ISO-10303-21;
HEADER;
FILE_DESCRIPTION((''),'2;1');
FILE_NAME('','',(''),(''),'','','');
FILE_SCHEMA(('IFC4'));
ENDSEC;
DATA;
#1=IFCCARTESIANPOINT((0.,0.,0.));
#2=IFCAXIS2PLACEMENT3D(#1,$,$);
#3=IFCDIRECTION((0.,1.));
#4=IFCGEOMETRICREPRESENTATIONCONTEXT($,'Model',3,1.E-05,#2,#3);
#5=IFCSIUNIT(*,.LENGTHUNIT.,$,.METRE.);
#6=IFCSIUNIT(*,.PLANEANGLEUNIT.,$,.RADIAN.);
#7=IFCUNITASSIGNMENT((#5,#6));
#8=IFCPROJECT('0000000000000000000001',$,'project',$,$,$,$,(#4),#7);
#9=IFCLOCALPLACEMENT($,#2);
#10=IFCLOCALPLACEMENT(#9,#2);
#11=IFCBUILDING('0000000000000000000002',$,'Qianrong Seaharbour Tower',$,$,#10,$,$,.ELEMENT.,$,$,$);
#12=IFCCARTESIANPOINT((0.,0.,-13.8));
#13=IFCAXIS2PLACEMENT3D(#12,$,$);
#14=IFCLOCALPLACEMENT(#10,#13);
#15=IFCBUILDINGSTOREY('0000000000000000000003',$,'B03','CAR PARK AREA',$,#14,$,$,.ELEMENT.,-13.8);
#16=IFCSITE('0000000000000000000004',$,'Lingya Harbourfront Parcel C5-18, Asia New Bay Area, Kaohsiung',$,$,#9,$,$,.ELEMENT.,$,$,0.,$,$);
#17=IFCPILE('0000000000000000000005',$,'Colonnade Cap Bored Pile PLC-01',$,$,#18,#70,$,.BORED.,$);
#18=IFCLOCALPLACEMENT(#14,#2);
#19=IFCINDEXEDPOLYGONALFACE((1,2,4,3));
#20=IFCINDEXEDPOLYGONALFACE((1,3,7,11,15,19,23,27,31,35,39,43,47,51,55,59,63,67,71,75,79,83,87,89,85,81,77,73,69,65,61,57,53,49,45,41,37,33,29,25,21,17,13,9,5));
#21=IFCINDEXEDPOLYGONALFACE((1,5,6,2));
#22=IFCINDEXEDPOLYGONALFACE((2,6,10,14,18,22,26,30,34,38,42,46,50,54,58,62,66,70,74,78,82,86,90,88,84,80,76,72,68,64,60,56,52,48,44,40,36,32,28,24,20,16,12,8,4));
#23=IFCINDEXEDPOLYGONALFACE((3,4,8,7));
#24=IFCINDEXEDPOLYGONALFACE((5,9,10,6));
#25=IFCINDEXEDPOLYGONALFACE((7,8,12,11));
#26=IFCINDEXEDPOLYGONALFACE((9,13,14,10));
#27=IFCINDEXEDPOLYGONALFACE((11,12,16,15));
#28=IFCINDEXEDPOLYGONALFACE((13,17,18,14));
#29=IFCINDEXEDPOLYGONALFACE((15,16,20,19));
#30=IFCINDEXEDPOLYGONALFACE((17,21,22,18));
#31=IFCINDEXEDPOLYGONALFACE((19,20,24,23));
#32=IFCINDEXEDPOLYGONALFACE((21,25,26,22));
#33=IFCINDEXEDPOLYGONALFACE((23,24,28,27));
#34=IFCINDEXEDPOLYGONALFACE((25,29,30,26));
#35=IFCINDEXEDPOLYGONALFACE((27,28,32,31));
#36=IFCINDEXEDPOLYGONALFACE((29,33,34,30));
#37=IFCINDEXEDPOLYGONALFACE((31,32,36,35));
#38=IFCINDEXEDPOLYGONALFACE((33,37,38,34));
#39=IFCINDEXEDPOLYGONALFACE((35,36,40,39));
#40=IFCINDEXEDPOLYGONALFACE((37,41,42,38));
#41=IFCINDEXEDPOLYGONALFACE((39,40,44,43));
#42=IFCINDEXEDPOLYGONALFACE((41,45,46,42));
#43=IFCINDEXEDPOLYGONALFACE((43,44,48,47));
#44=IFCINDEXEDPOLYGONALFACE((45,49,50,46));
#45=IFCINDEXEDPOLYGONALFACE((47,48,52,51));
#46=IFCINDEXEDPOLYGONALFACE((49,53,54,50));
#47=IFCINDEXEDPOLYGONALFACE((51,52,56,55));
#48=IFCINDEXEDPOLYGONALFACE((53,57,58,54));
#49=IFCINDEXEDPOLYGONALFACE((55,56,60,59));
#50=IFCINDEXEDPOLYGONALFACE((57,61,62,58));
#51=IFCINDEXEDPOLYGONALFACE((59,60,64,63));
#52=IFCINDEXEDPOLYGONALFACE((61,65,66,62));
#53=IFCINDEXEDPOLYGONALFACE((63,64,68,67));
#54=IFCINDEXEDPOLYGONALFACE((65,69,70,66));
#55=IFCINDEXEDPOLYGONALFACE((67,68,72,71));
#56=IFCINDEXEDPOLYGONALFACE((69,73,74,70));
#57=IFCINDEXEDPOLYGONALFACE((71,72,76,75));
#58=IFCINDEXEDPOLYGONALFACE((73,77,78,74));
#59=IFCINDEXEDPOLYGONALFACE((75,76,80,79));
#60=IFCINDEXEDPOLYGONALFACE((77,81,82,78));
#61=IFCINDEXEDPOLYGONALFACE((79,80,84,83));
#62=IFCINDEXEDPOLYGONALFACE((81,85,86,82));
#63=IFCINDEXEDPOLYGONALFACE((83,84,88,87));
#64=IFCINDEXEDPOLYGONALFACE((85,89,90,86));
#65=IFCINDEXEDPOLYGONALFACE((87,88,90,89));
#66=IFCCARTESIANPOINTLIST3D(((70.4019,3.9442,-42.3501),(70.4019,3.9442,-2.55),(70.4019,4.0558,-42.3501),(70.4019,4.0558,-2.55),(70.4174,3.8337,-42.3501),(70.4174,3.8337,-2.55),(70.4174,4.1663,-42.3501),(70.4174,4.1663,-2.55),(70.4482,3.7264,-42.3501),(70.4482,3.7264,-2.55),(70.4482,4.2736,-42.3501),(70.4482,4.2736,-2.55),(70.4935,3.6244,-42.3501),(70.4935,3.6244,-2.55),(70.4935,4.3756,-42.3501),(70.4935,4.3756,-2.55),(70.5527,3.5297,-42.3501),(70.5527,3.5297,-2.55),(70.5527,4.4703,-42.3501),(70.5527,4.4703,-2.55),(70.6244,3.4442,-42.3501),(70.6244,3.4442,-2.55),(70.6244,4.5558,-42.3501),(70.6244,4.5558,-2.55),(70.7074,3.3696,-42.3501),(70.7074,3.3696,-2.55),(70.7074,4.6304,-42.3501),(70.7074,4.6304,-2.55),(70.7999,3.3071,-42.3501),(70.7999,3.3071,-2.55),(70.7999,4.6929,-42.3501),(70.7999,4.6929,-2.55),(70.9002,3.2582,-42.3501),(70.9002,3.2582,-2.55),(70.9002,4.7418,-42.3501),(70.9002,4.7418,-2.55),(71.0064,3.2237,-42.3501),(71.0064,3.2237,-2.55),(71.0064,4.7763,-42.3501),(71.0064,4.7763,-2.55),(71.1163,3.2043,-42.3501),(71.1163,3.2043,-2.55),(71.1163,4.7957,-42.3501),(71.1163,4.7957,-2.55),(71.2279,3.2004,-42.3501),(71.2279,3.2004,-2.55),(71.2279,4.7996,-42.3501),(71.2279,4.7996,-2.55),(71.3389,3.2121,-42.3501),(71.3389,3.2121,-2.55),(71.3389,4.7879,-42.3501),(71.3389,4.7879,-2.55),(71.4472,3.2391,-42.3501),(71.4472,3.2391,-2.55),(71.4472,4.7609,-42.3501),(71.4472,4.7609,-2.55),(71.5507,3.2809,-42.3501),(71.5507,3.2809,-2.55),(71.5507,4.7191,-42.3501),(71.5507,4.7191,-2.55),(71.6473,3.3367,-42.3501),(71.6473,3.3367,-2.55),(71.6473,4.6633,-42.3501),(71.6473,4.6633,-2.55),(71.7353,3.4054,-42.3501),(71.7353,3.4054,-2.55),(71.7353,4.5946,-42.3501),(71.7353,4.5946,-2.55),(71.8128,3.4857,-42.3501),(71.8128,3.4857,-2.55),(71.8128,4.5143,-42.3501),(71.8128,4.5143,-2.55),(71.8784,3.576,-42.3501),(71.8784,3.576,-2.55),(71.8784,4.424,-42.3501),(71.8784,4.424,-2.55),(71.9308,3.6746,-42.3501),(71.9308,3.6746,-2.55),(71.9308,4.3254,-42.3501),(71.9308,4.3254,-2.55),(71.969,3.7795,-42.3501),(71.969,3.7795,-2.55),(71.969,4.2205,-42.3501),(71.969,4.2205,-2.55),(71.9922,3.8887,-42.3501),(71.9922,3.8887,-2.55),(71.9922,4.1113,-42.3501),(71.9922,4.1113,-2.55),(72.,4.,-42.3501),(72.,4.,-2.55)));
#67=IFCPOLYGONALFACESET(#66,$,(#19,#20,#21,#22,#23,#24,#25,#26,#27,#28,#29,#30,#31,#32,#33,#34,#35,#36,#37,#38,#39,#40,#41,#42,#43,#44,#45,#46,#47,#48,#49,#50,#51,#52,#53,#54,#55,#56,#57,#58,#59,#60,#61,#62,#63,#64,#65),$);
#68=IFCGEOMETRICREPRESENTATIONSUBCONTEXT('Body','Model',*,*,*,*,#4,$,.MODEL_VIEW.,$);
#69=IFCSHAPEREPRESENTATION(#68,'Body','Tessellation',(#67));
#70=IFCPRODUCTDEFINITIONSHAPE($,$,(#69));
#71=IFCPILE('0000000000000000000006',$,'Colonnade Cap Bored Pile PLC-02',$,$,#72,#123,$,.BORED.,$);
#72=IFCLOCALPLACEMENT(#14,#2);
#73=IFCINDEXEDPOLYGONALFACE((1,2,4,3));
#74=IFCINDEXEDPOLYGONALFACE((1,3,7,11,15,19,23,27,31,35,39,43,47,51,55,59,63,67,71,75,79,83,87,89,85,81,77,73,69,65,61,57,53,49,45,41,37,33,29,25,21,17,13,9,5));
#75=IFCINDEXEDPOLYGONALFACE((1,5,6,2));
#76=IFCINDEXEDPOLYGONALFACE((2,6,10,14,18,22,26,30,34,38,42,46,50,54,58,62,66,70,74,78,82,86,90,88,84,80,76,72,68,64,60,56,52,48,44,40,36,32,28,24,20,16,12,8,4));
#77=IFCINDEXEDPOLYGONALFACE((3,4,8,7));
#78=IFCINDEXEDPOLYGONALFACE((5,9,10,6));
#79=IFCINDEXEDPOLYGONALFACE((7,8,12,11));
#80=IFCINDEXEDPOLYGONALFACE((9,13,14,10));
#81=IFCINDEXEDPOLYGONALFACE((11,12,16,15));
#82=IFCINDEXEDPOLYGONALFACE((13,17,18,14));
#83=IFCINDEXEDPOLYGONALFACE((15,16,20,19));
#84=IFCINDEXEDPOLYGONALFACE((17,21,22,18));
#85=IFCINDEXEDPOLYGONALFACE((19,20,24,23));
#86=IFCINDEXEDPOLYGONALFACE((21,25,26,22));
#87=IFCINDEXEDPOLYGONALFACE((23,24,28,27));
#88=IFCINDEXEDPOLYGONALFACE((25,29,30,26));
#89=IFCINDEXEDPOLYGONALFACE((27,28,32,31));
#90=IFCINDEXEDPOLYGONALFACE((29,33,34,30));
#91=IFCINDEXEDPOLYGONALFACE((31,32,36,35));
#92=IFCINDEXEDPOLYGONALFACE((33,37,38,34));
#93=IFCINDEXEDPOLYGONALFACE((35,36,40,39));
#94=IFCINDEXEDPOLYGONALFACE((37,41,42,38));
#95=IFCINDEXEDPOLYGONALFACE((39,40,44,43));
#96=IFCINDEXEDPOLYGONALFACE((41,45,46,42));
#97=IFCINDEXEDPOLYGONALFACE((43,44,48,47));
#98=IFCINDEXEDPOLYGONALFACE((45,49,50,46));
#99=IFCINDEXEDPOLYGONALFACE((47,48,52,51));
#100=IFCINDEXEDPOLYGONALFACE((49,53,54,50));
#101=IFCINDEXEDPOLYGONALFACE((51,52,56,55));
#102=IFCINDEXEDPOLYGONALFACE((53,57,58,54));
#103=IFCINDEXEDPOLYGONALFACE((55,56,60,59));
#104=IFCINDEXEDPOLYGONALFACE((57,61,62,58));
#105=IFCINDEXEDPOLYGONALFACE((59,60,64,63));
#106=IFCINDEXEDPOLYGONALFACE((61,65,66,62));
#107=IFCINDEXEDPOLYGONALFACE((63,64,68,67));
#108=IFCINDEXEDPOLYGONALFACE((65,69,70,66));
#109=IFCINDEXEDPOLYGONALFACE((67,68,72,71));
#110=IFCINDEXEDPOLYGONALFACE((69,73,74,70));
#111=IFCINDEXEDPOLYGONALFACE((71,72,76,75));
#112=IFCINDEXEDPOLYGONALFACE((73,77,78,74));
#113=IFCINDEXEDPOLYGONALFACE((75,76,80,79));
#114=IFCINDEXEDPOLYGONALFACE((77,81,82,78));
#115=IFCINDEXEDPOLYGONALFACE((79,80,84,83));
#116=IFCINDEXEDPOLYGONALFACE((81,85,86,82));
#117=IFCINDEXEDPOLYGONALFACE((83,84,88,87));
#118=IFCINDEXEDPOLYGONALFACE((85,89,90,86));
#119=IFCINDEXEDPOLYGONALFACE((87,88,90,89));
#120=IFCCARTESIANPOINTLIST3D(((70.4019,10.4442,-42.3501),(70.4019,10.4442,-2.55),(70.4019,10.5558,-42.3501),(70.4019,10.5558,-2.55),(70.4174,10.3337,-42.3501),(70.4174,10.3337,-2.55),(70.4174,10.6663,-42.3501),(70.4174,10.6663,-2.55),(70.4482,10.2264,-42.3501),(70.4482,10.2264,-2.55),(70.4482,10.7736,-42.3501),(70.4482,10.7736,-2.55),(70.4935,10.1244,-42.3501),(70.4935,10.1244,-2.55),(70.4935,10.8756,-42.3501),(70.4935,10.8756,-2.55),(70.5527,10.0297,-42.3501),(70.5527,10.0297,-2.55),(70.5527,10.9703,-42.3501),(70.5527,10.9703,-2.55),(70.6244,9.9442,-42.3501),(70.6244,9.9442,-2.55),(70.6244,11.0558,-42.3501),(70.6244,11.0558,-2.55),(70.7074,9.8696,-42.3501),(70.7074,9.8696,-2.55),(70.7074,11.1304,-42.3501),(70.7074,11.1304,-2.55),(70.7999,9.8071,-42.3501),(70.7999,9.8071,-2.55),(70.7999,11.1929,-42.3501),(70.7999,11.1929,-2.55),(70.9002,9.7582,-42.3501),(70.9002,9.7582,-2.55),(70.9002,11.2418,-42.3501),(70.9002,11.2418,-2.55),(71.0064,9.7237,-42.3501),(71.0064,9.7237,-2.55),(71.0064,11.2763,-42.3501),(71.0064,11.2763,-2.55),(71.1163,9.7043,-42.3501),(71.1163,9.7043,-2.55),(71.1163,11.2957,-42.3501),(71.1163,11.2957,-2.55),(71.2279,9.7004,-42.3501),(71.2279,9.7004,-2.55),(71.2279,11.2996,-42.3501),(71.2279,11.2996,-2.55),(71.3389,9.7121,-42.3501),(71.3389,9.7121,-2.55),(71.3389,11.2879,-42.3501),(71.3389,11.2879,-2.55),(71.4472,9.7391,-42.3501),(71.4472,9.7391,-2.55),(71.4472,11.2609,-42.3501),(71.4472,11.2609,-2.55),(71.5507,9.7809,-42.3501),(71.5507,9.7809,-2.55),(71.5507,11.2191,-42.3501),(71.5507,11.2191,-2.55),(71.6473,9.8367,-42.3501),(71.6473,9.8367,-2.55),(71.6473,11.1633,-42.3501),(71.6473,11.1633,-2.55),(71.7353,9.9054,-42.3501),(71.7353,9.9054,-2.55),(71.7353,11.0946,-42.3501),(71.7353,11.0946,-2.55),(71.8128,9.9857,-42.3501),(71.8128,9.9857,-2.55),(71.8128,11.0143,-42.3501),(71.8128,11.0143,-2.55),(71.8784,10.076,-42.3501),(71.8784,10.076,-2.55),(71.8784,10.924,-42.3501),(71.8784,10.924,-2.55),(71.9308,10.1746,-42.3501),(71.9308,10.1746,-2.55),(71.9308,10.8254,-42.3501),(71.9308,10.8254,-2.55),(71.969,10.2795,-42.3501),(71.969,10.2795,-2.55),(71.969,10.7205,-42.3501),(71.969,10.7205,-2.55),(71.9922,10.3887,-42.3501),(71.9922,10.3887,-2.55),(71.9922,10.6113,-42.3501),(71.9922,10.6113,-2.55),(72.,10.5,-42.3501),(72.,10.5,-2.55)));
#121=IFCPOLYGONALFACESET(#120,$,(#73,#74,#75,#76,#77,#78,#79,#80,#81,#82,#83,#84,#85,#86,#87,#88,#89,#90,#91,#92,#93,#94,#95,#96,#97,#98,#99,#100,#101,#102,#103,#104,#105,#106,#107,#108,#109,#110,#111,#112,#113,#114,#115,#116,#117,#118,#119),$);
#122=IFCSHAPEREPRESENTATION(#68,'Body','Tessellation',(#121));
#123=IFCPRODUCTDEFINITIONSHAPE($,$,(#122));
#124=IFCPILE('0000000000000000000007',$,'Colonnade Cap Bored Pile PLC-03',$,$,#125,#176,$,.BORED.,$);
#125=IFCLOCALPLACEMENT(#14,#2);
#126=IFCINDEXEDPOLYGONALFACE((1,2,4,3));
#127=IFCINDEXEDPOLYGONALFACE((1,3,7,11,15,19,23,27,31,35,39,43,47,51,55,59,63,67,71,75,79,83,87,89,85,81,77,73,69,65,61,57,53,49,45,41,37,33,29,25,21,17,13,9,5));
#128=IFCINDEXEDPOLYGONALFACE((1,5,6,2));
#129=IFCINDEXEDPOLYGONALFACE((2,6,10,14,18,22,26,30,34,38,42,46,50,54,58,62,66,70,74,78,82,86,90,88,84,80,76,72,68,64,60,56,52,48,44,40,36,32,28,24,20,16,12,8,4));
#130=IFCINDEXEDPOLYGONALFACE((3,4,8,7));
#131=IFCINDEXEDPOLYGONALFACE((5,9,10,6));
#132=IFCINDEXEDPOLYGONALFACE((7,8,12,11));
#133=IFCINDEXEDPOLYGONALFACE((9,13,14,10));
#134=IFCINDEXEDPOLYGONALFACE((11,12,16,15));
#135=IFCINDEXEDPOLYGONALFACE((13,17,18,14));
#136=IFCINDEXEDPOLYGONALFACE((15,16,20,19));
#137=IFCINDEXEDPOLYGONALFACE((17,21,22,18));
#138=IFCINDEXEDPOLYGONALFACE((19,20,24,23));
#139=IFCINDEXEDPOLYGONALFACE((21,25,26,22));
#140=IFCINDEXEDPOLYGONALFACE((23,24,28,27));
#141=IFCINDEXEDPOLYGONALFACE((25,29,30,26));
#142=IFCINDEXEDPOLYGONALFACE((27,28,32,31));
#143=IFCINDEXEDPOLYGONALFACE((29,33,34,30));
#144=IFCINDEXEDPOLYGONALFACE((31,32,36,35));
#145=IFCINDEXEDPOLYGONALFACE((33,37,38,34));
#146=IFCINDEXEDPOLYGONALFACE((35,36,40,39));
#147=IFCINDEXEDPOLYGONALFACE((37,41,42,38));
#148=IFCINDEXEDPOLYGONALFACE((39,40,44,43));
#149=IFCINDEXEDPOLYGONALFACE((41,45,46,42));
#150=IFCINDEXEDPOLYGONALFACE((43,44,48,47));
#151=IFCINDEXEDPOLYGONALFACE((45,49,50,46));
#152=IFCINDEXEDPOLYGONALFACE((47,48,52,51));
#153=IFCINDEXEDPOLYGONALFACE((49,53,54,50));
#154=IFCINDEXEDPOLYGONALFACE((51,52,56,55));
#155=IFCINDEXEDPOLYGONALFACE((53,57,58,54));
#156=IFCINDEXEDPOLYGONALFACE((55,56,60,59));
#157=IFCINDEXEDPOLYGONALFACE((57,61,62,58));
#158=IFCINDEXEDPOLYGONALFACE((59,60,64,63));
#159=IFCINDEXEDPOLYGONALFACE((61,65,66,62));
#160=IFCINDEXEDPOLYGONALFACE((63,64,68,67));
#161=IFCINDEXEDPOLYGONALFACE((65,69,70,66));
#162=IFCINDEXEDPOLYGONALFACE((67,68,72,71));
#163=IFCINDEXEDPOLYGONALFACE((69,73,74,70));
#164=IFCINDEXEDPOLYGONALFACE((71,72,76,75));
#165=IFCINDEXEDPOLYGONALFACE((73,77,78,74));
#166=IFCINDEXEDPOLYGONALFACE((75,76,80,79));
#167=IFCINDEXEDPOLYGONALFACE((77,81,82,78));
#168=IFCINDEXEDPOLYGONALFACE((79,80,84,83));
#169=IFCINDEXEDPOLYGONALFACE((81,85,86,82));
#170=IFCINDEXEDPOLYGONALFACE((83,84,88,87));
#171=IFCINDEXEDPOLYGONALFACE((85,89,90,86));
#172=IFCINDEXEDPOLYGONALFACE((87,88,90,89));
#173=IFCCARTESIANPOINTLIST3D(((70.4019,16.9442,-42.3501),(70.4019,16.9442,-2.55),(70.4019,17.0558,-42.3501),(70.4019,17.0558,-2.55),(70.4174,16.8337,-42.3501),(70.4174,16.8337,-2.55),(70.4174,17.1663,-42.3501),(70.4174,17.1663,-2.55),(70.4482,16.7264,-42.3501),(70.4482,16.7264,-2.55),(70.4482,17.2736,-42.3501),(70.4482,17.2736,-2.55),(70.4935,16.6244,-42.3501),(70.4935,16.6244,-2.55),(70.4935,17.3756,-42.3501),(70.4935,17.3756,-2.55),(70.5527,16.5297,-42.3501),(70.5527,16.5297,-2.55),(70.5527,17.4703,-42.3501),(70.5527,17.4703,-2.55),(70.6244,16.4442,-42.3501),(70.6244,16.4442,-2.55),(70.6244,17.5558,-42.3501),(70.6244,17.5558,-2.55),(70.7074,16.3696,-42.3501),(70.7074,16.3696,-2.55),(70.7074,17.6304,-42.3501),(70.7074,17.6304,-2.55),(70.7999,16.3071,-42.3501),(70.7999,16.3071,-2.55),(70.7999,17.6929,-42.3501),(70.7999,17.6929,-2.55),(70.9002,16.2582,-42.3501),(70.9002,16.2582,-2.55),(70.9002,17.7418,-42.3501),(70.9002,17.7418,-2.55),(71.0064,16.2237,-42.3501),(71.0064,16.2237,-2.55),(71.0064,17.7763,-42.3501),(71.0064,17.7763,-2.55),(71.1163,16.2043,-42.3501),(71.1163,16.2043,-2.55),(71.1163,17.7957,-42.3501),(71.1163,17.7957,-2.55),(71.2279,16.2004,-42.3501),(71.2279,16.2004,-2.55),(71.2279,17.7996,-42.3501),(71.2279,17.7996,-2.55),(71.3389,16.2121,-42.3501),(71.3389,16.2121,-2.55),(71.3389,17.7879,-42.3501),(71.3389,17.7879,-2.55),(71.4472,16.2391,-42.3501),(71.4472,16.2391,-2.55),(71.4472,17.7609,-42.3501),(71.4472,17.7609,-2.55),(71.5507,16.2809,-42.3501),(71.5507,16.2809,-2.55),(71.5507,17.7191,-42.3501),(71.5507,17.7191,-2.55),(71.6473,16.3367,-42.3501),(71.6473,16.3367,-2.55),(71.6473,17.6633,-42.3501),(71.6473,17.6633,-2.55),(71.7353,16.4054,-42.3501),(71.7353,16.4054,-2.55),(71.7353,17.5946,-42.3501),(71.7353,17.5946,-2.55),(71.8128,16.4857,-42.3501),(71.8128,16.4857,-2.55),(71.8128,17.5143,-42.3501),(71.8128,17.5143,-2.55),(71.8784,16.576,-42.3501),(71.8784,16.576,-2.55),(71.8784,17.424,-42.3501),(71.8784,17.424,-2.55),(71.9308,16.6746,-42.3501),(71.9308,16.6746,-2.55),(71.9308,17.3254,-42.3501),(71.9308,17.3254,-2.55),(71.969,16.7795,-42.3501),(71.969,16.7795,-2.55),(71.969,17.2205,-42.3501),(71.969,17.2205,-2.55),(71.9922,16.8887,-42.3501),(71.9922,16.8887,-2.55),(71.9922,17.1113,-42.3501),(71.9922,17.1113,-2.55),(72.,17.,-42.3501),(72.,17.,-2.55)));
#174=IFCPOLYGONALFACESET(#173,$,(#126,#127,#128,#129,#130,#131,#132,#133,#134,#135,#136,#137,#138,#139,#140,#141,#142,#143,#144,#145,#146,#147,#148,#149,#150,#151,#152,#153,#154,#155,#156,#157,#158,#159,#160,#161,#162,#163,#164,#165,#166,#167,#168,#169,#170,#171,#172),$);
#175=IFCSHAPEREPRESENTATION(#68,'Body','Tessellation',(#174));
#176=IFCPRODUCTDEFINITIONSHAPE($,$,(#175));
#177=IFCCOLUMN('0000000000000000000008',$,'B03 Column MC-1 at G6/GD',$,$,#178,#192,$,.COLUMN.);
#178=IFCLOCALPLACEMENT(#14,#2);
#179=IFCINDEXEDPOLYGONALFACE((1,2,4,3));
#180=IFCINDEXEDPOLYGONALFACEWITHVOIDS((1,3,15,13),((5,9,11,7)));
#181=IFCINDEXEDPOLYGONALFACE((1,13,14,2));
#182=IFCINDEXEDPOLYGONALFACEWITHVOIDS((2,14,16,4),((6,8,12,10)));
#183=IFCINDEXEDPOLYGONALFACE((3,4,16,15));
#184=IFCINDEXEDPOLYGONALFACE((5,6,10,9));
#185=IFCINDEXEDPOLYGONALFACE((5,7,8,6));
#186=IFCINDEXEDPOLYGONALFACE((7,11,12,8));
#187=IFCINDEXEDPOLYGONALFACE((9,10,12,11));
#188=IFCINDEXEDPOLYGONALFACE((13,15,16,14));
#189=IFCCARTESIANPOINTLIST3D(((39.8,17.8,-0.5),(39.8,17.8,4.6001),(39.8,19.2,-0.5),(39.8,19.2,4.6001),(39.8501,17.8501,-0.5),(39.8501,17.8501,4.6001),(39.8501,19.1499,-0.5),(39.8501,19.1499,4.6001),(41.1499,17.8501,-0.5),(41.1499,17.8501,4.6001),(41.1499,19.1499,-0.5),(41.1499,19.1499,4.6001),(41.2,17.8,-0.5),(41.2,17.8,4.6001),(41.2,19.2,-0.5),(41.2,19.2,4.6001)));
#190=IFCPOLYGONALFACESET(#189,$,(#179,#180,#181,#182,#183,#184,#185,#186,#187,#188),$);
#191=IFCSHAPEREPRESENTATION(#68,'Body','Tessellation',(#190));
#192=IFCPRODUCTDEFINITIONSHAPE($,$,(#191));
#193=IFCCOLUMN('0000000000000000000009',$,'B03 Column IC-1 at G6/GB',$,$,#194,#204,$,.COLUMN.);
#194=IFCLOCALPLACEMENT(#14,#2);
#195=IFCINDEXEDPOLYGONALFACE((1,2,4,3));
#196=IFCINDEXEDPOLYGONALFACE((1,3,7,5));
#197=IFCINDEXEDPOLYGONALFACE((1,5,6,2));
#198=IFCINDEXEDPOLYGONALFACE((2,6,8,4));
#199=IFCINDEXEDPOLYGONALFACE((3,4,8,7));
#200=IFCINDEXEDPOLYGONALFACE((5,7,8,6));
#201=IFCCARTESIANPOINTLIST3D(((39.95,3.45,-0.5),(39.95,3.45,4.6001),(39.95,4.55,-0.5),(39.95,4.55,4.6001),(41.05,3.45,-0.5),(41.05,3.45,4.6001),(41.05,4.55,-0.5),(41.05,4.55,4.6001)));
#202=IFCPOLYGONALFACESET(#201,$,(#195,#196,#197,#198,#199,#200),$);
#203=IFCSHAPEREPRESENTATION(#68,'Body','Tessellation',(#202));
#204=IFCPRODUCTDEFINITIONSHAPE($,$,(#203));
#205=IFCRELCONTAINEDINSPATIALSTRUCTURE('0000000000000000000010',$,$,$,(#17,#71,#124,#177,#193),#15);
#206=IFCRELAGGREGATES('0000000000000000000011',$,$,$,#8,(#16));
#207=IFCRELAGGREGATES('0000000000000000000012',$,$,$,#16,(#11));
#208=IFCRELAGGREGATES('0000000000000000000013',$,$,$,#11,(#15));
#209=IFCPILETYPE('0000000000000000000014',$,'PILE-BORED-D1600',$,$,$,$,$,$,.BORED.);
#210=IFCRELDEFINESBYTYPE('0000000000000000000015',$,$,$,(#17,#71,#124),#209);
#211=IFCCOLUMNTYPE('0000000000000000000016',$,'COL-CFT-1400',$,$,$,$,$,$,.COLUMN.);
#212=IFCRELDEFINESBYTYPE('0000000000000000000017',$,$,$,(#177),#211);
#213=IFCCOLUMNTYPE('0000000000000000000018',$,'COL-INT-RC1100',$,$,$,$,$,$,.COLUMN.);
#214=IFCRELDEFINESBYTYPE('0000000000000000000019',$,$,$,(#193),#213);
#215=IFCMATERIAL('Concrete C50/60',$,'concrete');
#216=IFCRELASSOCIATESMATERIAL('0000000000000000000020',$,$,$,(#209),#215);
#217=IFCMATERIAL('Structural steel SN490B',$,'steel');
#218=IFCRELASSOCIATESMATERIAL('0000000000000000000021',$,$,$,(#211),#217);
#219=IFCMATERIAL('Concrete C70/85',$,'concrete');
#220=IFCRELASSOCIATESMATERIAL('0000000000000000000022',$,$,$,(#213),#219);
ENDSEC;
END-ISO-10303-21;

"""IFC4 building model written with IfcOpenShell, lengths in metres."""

from ifc_helpers import new_model, si_unit, direction, frame, origin, origin_2d, place, context, subcontext, project, spatial, rectangle, hollow_rectangle, circle, extrude, material, material_profile, profile_set, type_object, element, save


model = new_model("IFC4")

# Units and contexts
model_context = context("Model", 3, precision=1e-05, world=origin(), true_north=direction((0.0, 1.0)))
body_context = subcontext(model_context, "Body", "Model", "MODEL_VIEW")
ifc_project = project(units=[si_unit("LENGTHUNIT", "METRE"), si_unit("PLANEANGLEUNIT", "RADIAN")], contexts=[model_context])

# Site, building, storey
site_placement = place(None, origin())
site = spatial("IfcSite", under=ifc_project, at=site_placement, Name="Lingya Harbourfront Parcel C5-18, Asia New Bay Area, Kaohsiung", CompositionType="ELEMENT", RefElevation=0.0)
building_placement = place(site_placement, origin())
building = spatial("IfcBuilding", under=site, at=building_placement, Name="Qianrong Seaharbour Tower", CompositionType="ELEMENT")
storey_placement = place(building_placement, frame((0.0, 0.0, -13.8)))
storey = spatial("IfcBuildingStorey", under=building, at=storey_placement, Name="B03", Description="CAR PARK AREA", CompositionType="ELEMENT", Elevation=-13.8)

# Piles
ifc_material_1 = material(Name="Concrete C50/60", Category="concrete")
ifc_material_profile_1 = material_profile(ifc_material_1, circle(Radius=0.8, at=origin_2d()), Name="PILE-D1600")
ifc_profile_set_1 = profile_set([ifc_material_profile_1], Name="Concrete C50/60")
pile_type = type_object("IfcPileType", Name="PILE-BORED-D1600", PredefinedType="BORED", material=ifc_profile_set_1)
for number, where, z_axis, x_axis, name in (
    (1, (71.2, 4.0, -2.55), (0.0, 0.0, -1.0), (1.0, 0.0, 0.0), "Colonnade Cap Bored Pile PLC-01"),
    (2, (71.2, 10.5, -2.55), (0.0, 0.0, -1.0), (1.0, 0.0, 0.0), "Colonnade Cap Bored Pile PLC-02"),
    (3, (71.2, 17.0, -2.55), (0.0, 0.0, -1.0), (1.0, 0.0, 0.0), "Colonnade Cap Bored Pile PLC-03"),
):
    element("IfcPile", number, at=place(storey_placement, frame(where, z_axis=z_axis, x_axis=x_axis)), inside=storey, type_object=pile_type, Name=name, PredefinedType="BORED", context=body_context, shape_type="SweptSolid", body=[
        extrude(circle(Radius=0.8, at=origin_2d()), origin(), (0.0, 0.0, 1.0), 39.8),
    ])

# Columns
ifc_material_2 = material(Name="Structural steel SN490B", Category="steel")
ifc_material_profile_2 = material_profile(ifc_material_2, hollow_rectangle(XDim=1.3999, YDim=1.3999, WallThickness=0.05, at=origin_2d()), Name="BOX1400x1400x50")
ifc_profile_set_2 = profile_set([ifc_material_profile_2], Name="Structural steel SN490B")
column_type_1 = type_object("IfcColumnType", Name="COL-CFT-1400", PredefinedType="COLUMN", material=ifc_profile_set_2)
column_placement = place(storey_placement, frame((40.5, 18.5, -0.5), z_axis=(0.0, 0.0, 1.0), x_axis=(1.0, 0.0, 0.0)))
element("IfcColumn", 4, at=column_placement, inside=storey, type_object=column_type_1, Name="B03 Column MC-1 at G6/GD", PredefinedType="COLUMN", context=body_context, shape_type="SweptSolid", body=[
    extrude(hollow_rectangle(XDim=1.3999, YDim=1.3999, WallThickness=0.05, at=origin_2d()), origin(), (0.0, 0.0, 1.0), 5.1001),
])
ifc_material_3 = material(Name="Concrete C70/85", Category="concrete")
ifc_material_profile_3 = material_profile(ifc_material_3, rectangle(XDim=1.1001, YDim=1.1001, at=origin_2d()), Name="RC1100x1100")
ifc_profile_set_3 = profile_set([ifc_material_profile_3], Name="Concrete C70/85")
column_type_2 = type_object("IfcColumnType", Name="COL-INT-RC1100", PredefinedType="COLUMN", material=ifc_profile_set_3)
for number, where, z_axis, x_axis, name in (
    (5, (40.5, 4.0, -0.5), (0.0, 0.0, 1.0), (1.0, 0.0, 0.0), "B03 Column IC-1 at G6/GB"),
):
    element("IfcColumn", number, at=place(storey_placement, frame(where, z_axis=z_axis, x_axis=x_axis)), inside=storey, type_object=column_type_2, Name=name, PredefinedType="COLUMN", context=body_context, shape_type="SweptSolid", body=[
        extrude(rectangle(XDim=1.1001, YDim=1.1001, at=origin_2d()), origin(), (0.0, 0.0, 1.0), 5.1001),
    ])

save(model, "model.ifc")
